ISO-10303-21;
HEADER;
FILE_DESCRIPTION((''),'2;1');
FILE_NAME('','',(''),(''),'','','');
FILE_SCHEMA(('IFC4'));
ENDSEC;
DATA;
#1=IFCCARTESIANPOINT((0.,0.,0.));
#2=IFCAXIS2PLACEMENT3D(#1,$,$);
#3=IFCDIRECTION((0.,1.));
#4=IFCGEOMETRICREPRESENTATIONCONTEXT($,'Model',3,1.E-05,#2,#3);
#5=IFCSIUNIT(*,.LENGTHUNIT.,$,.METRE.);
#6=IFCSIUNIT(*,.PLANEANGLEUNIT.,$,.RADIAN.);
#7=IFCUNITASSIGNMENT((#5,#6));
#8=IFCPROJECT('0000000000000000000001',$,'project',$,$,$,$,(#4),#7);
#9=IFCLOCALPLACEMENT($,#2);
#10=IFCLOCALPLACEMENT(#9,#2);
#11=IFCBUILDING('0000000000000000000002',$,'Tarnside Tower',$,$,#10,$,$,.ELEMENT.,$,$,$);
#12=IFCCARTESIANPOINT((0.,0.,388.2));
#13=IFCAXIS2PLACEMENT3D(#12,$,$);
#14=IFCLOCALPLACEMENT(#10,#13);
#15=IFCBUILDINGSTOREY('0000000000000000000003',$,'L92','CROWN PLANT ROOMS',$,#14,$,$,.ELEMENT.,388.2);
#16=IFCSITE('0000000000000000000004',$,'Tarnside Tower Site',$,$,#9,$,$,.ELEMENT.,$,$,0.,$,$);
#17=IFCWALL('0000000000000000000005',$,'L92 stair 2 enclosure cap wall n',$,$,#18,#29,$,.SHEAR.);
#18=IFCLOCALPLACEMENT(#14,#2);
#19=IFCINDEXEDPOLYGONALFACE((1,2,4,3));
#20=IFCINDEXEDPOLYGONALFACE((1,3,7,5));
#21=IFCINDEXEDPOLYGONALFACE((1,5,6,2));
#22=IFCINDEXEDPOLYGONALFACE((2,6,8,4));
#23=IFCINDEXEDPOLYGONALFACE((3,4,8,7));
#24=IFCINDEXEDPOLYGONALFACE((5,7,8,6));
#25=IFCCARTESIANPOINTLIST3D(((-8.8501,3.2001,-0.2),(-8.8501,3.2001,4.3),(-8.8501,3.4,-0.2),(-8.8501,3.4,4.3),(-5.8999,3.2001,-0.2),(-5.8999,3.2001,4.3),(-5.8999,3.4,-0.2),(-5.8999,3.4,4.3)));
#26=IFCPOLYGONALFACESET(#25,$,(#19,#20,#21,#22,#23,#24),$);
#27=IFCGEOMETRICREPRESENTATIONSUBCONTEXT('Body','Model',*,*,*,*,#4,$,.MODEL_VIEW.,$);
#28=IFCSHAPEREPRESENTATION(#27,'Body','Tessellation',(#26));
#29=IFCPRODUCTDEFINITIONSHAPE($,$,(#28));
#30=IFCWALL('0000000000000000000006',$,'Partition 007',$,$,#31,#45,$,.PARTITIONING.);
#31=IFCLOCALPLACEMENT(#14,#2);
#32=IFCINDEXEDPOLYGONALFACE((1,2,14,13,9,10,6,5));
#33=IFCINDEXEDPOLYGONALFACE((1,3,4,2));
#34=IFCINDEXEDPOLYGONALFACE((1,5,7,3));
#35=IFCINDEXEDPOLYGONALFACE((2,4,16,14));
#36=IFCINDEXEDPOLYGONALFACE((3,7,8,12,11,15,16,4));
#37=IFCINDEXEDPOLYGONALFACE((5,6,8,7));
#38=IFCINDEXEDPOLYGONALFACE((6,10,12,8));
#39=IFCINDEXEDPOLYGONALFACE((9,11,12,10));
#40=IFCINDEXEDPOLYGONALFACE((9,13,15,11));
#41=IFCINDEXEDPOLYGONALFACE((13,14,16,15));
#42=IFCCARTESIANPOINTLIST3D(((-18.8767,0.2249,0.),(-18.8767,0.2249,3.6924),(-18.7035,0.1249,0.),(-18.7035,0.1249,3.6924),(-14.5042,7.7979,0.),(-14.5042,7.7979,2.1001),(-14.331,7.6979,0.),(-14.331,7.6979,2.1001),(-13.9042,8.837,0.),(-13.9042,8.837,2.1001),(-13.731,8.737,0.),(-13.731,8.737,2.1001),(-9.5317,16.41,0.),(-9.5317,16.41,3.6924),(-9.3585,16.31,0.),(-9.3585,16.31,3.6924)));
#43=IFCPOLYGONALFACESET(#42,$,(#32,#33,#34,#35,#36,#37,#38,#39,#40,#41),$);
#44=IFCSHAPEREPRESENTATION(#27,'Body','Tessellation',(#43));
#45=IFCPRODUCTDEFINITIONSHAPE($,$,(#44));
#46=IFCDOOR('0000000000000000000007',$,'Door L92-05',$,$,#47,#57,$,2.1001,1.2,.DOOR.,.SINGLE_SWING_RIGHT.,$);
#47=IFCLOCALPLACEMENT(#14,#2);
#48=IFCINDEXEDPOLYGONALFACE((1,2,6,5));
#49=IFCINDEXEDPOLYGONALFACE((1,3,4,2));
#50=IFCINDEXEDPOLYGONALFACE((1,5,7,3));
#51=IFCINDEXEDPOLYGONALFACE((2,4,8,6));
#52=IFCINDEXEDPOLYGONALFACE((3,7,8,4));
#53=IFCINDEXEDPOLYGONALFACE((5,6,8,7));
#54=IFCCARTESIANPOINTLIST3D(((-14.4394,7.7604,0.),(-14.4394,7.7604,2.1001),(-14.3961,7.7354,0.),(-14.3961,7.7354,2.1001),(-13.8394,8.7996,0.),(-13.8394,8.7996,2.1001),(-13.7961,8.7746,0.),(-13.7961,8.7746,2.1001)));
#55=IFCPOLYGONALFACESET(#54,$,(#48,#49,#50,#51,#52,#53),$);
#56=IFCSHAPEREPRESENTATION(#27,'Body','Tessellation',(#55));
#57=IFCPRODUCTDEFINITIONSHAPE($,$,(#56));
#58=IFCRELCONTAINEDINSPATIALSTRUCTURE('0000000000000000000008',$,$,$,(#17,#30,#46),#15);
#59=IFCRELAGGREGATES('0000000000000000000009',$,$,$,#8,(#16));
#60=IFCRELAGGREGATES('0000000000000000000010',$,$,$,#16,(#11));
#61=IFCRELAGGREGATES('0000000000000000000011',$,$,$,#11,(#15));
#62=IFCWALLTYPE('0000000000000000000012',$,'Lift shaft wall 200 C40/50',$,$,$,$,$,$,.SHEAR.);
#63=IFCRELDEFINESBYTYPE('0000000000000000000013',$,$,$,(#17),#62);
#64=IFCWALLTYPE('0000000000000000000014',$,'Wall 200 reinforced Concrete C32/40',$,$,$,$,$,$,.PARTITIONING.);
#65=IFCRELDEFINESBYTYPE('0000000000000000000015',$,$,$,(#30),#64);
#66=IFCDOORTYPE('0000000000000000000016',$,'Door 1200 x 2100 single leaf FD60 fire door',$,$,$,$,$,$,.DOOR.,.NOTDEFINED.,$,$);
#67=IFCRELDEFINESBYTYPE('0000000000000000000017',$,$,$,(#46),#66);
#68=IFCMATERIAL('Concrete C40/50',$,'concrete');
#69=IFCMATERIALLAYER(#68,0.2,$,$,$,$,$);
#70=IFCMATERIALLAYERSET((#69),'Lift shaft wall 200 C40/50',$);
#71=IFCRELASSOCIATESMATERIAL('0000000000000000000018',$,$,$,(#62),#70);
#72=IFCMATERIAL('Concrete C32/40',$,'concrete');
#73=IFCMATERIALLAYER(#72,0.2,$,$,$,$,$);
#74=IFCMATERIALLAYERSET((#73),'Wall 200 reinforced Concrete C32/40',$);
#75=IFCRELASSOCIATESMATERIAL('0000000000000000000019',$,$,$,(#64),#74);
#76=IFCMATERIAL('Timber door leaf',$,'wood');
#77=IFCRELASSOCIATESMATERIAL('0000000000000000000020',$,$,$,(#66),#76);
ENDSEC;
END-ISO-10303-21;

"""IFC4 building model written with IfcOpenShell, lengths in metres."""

from ifc_helpers import new_model, si_unit, direction, frame, frame_2d, origin, place, context, subcontext, project, spatial, rectangle, extrude, material, layer, layer_set, type_object, element, fill, save


model = new_model("IFC4")

# Units and contexts
model_context = context("Model", 3, precision=1e-05, world=origin(), true_north=direction((0.0, 1.0)))
body_context = subcontext(model_context, "Body", "Model", "MODEL_VIEW")
ifc_project = project(units=[si_unit("LENGTHUNIT", "METRE"), si_unit("PLANEANGLEUNIT", "RADIAN")], contexts=[model_context])

# Site, building, storey
site_placement = place(None, origin())
site = spatial("IfcSite", under=ifc_project, at=site_placement, Name="Tarnside Tower Site", CompositionType="ELEMENT", RefElevation=0.0)
building_placement = place(site_placement, origin())
building = spatial("IfcBuilding", under=site, at=building_placement, Name="Tarnside Tower", CompositionType="ELEMENT")
storey_placement = place(building_placement, frame((0.0, 0.0, 388.2)))
storey = spatial("IfcBuildingStorey", under=building, at=storey_placement, Name="L92", Description="CROWN PLANT ROOMS", CompositionType="ELEMENT", Elevation=388.2)

# Shared definitions
ifc_material_1 = material(Name="Concrete C40/50", Category="concrete")
ifc_layer_1 = layer(ifc_material_1, 0.2)
ifc_layer_set_1 = layer_set([ifc_layer_1], Name="Lift shaft wall 200 C40/50")
wall_type_1 = type_object("IfcWallType", Name="Lift shaft wall 200 C40/50", PredefinedType="SHEAR", material=ifc_layer_set_1)

# Wall
wall_1_placement = place(storey_placement, frame((-8.8501, 3.3, -0.2), z_axis=(0.0, 0.0, 1.0), x_axis=(1.0, 0.0, 0.0)))
element("IfcWall", 1, at=wall_1_placement, inside=storey, type_object=wall_type_1, Name="L92 stair 2 enclosure cap wall n", PredefinedType="SHEAR", context=body_context, shape_type="SweptSolid", body=[
    extrude(rectangle(XDim=2.9502, YDim=0.2, at=frame_2d((1.4751, 0.0))), origin(), (0.0, 0.0, 1.0), 4.5),
])

# Wall, opening, door
ifc_material_2 = material(Name="Concrete C32/40", Category="concrete")
ifc_layer_2 = layer(ifc_material_2, 0.2)
ifc_layer_set_2 = layer_set([ifc_layer_2], Name="Wall 200 reinforced Concrete C32/40")
wall_type_2 = type_object("IfcWallType", Name="Wall 200 reinforced Concrete C32/40", PredefinedType="PARTITIONING", material=ifc_layer_set_2)
wall_2_placement = place(storey_placement, frame((-9.4451, 16.3601, 0.0), z_axis=(0.0, 0.0, 1.0), x_axis=(-0.500021, -0.866013, 0.0)))
wall_2 = element("IfcWall", 2, at=wall_2_placement, inside=storey, type_object=wall_type_2, Name="Partition 007", PredefinedType="PARTITIONING", context=body_context, shape_type="SweptSolid", body=[
    extrude(rectangle(XDim=18.6892, YDim=0.2, at=frame_2d((9.3447, 0.0))), origin(), (0.0, 0.0, 1.0), 3.6924),
])
opening_1_placement = place(wall_2_placement, frame((8.7446, 0.0, 0.0)))
opening_1 = element("IfcOpeningElement", 3, at=opening_1_placement, cuts=wall_2, PredefinedType="OPENING", context=body_context, shape_type="SweptSolid", body=[
    extrude(rectangle(XDim=1.2, YDim=2.1001, at=frame_2d((0.6001, 1.05))), frame((0.0, 0.1099, 0.0), z_axis=(0.0, -1.0, 0.0), x_axis=(1.0, 0.0, 0.0)), (0.0, 0.0, 1.0), 0.22),
])
ifc_material_3 = material(Name="Timber door leaf", Category="wood")
door_type_1 = type_object("IfcDoorType", Name="Door 1200 x 2100 single leaf FD60 fire door", OperationType="NOTDEFINED", PredefinedType="DOOR", material=ifc_material_3)
door_1_placement = place(opening_1_placement, origin())
door_1 = element("IfcDoor", 4, at=door_1_placement, inside=storey, type_object=door_type_1, Name="Door L92-05", OperationType="SINGLE_SWING_RIGHT", OverallHeight=2.1001, OverallWidth=1.2, PredefinedType="DOOR", context=body_context, shape_type="SweptSolid", body=[
    extrude(rectangle(XDim=1.2, YDim=2.1001, at=frame_2d((0.6001, 1.05))), frame((0.0, 0.0249, 0.0), z_axis=(0.0, -1.0, 0.0), x_axis=(1.0, 0.0, 0.0)), (0.0, 0.0, 1.0), 0.05),
])
fill(opening_1, door_1)

save(model, "model.ifc")
